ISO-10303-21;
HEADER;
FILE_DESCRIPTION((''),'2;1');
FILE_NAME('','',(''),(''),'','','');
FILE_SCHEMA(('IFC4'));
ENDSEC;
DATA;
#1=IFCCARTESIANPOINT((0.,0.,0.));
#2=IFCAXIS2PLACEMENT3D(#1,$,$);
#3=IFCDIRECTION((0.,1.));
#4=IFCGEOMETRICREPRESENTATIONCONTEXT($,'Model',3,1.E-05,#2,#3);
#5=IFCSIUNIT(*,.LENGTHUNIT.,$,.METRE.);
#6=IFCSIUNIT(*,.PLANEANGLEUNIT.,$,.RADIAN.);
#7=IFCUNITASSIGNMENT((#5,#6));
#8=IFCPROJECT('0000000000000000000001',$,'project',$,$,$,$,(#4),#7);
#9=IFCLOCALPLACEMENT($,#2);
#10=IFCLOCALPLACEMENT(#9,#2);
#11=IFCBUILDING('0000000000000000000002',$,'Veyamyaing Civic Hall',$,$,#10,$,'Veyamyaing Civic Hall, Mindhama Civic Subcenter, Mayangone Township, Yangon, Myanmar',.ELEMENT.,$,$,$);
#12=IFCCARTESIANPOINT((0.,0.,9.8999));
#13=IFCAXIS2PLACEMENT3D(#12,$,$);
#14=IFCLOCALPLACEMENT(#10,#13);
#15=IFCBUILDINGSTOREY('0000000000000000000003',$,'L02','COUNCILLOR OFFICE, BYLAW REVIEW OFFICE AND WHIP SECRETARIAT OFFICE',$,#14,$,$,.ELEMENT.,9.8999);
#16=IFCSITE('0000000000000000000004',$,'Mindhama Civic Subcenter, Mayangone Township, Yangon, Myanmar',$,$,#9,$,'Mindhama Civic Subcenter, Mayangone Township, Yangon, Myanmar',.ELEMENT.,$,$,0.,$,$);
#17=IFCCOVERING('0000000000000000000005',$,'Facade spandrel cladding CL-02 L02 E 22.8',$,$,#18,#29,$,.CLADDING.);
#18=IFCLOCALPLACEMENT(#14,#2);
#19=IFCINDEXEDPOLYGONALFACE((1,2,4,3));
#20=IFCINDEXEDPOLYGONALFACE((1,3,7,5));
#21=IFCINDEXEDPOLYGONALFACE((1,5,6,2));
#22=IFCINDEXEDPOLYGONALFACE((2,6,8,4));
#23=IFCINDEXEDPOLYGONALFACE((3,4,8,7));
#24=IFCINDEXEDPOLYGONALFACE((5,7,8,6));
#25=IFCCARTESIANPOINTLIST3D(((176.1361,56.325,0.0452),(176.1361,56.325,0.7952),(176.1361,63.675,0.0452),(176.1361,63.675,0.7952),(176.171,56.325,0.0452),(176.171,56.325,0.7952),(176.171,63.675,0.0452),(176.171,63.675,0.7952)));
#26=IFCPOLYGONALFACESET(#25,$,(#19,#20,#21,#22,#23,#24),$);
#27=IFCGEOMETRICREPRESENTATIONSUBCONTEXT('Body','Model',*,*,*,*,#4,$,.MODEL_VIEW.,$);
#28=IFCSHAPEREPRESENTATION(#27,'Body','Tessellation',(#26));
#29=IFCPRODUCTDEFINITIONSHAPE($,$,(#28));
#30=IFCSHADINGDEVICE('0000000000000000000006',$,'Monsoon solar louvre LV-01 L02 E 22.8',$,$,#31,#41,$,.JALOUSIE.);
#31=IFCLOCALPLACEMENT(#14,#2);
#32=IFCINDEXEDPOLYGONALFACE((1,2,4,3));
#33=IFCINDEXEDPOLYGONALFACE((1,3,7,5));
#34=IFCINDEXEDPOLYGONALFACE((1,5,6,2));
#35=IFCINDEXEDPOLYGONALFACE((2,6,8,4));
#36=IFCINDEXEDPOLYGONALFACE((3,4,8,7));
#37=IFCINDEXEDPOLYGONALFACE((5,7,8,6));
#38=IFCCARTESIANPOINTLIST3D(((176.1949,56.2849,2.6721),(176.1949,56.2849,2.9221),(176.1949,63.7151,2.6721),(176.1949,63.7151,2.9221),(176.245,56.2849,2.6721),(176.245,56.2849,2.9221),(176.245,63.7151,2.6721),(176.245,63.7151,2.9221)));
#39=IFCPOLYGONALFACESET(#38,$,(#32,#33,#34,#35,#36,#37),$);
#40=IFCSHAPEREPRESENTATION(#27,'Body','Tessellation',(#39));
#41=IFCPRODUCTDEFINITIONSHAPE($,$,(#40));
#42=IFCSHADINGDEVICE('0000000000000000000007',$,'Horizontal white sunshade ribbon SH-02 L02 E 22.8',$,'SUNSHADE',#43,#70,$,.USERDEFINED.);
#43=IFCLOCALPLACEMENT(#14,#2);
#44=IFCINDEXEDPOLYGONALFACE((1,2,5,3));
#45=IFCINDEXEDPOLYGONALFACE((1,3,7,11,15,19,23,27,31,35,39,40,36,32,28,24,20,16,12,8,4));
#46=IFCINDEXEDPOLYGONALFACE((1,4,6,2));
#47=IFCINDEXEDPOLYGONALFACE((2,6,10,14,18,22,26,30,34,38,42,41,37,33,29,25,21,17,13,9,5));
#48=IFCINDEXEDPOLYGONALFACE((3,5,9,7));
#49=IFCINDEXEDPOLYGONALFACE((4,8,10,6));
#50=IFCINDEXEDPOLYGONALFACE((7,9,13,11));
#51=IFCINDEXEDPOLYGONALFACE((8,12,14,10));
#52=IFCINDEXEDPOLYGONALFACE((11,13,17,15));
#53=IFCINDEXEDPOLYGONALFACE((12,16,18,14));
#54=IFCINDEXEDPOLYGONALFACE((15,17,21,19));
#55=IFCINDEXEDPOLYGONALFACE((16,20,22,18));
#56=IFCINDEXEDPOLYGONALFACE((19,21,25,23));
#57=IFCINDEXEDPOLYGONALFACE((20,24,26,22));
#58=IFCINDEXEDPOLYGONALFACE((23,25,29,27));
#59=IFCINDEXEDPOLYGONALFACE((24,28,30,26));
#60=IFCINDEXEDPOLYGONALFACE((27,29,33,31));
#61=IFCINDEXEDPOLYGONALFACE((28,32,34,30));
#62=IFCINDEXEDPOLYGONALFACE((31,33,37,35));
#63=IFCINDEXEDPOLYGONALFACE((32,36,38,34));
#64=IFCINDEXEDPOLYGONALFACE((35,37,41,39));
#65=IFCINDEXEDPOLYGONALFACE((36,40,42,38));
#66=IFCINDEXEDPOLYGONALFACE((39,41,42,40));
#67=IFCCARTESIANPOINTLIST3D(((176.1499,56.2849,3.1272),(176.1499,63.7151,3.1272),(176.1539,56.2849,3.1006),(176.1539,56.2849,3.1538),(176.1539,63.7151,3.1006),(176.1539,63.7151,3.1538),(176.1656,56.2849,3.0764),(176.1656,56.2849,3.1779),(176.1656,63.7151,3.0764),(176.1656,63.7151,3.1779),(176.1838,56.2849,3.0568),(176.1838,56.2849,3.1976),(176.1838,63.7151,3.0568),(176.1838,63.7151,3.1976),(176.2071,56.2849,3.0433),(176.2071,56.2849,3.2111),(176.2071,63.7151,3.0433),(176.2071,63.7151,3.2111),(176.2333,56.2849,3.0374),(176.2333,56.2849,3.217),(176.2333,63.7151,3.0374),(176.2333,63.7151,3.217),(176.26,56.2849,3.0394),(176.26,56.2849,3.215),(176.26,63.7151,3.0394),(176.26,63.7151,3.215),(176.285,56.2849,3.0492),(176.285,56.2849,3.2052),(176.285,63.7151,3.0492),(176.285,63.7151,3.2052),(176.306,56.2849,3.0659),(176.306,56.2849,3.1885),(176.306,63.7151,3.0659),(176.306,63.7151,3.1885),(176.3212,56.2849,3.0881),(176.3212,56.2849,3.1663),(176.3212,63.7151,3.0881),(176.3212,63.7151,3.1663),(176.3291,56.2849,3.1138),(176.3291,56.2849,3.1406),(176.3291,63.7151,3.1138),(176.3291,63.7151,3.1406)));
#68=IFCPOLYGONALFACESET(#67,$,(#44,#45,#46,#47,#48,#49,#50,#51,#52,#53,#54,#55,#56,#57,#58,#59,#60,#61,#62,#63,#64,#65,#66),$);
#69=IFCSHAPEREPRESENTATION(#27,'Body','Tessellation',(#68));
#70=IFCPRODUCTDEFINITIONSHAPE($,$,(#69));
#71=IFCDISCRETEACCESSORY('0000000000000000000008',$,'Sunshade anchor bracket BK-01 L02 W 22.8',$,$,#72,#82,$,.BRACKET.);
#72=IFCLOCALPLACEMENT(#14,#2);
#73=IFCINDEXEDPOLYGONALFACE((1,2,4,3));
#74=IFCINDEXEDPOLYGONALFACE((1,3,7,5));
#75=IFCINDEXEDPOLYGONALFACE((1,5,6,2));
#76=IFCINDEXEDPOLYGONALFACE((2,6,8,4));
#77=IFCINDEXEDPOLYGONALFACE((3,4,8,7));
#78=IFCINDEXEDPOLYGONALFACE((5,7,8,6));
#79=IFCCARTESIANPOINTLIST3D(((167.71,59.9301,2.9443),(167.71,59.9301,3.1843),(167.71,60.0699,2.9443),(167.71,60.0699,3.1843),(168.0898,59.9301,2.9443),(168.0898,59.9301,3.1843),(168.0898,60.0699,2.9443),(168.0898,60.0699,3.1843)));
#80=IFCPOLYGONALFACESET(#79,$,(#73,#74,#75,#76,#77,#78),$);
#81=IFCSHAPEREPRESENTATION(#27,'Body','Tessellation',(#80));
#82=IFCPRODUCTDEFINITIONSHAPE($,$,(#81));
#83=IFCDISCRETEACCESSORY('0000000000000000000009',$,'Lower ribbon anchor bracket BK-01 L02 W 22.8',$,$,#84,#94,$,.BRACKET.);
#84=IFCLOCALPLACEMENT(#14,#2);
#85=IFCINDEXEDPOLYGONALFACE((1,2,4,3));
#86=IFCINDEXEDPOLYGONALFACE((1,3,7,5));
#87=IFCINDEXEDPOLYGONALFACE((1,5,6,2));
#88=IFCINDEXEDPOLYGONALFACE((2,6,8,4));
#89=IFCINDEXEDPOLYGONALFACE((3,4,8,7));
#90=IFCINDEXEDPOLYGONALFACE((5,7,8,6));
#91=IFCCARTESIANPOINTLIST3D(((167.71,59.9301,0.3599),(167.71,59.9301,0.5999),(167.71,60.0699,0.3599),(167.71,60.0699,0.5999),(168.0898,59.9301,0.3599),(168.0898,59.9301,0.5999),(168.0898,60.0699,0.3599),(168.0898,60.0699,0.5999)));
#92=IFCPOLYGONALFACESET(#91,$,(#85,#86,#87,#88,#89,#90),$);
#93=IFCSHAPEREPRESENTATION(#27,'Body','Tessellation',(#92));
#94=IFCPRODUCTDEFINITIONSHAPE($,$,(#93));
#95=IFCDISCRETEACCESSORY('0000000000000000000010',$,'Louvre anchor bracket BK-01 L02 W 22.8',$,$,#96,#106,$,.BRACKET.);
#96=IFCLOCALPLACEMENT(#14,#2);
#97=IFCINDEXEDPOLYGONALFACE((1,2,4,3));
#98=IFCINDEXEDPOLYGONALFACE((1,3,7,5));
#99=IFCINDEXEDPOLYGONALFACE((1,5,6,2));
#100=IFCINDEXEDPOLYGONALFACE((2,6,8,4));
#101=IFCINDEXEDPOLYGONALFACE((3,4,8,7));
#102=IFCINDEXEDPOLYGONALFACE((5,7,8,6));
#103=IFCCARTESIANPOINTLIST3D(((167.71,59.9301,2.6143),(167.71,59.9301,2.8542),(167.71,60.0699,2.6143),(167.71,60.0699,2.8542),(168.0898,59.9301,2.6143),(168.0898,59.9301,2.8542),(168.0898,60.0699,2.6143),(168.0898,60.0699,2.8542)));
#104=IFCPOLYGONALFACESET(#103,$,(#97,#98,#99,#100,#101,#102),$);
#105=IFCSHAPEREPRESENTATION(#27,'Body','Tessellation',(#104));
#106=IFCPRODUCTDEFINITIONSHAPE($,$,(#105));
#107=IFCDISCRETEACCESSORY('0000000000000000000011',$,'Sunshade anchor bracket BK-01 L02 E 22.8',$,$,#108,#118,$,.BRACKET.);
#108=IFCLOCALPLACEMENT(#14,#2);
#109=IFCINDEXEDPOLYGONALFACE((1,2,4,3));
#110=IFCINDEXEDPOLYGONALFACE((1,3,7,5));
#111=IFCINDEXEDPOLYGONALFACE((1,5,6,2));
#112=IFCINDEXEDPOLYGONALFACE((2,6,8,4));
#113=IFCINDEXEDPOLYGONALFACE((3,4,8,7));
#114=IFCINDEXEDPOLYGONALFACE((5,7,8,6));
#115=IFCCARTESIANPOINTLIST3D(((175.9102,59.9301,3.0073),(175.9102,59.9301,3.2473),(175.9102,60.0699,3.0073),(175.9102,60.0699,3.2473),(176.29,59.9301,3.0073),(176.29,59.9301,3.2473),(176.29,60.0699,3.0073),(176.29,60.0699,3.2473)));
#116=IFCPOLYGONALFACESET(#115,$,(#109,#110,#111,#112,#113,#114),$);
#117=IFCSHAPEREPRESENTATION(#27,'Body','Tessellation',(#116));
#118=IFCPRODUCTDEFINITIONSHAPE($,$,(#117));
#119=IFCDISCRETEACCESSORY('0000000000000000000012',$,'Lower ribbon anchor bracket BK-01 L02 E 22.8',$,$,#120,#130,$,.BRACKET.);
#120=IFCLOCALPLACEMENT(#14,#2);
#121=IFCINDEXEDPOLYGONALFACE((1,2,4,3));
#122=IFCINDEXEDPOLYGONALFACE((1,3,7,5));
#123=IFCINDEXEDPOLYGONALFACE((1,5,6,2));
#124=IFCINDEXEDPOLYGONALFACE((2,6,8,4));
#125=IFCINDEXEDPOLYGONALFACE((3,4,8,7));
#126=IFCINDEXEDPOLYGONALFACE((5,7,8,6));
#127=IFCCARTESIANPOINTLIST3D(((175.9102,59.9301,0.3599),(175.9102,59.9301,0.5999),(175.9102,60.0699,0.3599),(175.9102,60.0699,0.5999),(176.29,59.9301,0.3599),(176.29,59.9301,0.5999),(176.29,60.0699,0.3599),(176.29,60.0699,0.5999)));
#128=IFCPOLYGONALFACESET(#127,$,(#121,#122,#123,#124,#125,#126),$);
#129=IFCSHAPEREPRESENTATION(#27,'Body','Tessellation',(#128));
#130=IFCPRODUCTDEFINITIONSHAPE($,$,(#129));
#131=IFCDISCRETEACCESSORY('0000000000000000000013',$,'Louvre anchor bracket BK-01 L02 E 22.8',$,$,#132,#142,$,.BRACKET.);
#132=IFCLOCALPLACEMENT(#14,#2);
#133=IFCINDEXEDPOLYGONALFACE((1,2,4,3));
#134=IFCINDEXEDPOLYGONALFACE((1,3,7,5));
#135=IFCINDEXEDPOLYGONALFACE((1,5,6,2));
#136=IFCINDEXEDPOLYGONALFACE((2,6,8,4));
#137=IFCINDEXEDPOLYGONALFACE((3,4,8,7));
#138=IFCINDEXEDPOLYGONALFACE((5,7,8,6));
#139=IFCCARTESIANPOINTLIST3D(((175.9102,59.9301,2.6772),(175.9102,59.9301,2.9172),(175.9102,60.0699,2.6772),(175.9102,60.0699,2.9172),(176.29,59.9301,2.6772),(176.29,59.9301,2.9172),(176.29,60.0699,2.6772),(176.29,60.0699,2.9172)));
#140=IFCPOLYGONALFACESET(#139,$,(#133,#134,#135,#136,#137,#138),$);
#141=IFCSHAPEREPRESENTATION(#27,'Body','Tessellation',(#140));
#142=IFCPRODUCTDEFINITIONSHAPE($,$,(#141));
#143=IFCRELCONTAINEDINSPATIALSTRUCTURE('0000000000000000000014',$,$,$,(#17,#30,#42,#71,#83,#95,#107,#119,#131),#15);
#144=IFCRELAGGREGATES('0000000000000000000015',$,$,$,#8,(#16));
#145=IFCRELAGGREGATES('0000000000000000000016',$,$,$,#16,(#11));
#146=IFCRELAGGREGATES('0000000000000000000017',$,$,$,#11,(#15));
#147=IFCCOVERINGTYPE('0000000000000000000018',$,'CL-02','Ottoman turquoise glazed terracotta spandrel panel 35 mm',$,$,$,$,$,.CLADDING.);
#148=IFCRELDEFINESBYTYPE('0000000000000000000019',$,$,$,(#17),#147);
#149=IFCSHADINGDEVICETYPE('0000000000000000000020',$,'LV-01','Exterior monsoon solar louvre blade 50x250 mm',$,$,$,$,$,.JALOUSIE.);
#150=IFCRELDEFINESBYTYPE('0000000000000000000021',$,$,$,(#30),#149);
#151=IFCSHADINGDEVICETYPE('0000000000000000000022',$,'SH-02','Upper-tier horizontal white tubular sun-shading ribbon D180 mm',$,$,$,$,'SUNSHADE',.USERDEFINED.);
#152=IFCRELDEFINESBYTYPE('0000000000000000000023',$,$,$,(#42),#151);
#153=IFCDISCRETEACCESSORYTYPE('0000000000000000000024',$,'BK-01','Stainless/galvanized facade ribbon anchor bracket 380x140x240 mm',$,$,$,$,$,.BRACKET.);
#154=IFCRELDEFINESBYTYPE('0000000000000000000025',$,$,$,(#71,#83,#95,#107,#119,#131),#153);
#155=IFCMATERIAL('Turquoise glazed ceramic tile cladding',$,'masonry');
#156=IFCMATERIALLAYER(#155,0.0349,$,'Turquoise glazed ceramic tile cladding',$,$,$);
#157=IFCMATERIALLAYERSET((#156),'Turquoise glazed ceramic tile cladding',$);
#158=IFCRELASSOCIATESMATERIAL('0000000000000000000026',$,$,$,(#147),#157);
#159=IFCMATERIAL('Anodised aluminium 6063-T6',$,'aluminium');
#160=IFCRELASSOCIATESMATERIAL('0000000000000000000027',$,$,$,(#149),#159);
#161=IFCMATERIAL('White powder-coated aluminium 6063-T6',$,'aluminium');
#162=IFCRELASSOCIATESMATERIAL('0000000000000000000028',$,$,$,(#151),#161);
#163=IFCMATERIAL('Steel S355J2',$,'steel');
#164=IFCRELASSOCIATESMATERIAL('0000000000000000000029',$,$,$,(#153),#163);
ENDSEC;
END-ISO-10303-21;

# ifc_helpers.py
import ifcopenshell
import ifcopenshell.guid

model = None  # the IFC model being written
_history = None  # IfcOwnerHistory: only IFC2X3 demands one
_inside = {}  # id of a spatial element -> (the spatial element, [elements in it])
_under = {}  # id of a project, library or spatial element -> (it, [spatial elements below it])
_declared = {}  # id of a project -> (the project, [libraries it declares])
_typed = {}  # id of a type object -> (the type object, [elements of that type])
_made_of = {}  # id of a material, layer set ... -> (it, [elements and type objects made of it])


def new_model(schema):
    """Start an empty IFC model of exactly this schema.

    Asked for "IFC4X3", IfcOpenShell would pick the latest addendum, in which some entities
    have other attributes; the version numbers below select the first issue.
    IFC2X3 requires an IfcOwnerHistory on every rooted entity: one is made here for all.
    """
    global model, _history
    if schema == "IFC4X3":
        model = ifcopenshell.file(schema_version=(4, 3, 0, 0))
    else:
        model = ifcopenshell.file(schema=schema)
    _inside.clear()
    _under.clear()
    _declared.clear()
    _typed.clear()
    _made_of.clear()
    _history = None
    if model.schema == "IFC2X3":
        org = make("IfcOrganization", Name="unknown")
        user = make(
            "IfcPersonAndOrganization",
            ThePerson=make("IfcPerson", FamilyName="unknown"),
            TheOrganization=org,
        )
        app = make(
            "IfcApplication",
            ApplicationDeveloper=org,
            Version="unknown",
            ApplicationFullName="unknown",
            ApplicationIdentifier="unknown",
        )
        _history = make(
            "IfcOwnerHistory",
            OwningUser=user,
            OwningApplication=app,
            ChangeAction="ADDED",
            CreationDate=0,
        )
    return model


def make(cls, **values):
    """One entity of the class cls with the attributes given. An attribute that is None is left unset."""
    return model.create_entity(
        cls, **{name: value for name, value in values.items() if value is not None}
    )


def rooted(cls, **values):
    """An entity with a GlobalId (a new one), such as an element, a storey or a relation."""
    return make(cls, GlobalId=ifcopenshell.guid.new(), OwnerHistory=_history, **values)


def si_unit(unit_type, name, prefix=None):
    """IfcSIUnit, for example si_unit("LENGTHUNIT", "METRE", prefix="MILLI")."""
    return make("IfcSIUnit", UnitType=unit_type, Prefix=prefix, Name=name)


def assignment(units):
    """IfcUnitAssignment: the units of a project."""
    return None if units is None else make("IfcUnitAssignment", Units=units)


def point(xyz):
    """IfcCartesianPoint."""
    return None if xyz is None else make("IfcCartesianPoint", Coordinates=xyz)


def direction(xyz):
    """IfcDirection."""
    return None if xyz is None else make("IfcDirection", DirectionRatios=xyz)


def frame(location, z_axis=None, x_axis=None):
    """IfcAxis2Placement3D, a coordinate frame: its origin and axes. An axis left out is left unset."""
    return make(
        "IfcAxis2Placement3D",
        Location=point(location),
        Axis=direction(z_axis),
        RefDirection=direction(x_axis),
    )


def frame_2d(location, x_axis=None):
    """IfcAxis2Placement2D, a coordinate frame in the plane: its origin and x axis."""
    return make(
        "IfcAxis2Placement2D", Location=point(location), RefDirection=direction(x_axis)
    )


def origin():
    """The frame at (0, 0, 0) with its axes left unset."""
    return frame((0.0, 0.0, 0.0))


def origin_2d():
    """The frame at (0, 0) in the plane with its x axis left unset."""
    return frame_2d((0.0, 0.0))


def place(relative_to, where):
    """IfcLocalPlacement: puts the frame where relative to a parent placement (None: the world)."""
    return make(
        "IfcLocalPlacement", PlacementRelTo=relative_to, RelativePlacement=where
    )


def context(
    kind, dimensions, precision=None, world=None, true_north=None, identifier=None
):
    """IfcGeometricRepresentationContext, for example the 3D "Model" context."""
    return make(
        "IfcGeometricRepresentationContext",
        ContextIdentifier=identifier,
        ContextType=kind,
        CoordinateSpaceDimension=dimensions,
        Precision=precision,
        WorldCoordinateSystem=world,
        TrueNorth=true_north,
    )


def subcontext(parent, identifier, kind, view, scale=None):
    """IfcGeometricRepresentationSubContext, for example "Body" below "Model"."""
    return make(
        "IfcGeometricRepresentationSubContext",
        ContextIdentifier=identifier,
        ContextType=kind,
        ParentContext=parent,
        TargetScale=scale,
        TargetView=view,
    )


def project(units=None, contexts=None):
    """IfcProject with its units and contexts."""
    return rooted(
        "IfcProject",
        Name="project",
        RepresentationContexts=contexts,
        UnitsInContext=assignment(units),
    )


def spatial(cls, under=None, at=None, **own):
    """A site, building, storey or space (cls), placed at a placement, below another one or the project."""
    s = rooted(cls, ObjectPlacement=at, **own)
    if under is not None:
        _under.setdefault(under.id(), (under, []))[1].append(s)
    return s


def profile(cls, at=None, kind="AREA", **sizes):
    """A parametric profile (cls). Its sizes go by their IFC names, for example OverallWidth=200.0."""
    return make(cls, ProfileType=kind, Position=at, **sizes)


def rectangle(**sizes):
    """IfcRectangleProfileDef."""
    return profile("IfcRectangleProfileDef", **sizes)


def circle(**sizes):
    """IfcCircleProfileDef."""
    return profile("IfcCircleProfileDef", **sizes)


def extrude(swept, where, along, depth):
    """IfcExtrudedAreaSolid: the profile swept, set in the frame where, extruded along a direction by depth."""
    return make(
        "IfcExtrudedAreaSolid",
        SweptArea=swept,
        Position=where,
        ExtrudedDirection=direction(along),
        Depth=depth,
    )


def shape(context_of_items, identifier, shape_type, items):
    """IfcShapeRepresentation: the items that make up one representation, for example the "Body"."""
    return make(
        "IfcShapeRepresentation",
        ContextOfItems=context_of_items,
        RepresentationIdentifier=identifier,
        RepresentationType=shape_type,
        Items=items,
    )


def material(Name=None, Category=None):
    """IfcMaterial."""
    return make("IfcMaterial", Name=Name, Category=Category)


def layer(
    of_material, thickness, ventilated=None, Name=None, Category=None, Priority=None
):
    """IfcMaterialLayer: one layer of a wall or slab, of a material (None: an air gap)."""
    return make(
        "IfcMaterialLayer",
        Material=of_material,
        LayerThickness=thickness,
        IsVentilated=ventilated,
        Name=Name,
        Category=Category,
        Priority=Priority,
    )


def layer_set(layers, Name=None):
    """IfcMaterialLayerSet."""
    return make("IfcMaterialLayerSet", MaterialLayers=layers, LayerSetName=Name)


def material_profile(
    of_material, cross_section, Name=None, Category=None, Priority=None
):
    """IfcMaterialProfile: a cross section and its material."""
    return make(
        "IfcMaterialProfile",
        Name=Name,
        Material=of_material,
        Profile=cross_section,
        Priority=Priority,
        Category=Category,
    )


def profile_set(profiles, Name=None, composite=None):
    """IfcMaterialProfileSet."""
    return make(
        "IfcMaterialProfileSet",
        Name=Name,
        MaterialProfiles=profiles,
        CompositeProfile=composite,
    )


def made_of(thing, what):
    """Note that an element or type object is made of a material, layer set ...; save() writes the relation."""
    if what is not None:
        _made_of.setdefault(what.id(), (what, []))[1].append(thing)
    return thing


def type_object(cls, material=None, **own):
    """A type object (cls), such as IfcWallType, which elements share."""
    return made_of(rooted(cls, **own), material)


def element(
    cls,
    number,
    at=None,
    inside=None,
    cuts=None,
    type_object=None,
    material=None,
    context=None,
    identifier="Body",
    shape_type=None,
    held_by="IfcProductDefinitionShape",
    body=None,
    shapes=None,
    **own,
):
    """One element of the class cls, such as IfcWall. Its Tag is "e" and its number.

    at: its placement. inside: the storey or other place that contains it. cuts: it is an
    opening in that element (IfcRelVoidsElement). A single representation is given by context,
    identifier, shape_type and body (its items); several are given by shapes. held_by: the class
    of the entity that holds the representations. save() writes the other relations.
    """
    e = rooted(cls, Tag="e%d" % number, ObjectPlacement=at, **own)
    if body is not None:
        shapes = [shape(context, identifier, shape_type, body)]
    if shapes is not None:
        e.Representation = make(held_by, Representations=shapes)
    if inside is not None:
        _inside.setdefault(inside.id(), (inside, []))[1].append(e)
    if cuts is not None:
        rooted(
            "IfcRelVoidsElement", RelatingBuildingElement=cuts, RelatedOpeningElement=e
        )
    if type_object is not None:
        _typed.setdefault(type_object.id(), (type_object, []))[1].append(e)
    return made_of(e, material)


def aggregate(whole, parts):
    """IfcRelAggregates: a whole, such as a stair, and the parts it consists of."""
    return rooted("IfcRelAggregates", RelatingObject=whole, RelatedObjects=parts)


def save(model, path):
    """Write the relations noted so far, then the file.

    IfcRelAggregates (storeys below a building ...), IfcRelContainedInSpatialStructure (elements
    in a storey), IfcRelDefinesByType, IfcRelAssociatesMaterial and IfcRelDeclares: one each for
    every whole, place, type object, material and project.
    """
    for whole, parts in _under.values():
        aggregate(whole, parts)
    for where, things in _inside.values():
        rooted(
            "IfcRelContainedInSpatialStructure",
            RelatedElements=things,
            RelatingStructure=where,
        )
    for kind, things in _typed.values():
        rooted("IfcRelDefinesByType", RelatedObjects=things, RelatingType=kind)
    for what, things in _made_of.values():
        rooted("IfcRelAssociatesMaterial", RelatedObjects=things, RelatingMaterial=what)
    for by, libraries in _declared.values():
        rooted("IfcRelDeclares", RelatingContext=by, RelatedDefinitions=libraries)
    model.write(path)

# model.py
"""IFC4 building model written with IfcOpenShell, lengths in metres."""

from ifc_helpers import new_model, si_unit, direction, frame, origin, origin_2d, place, context, subcontext, project, spatial, rectangle, circle, extrude, material, layer, layer_set, material_profile, profile_set, type_object, element, save


model = new_model("IFC4")

# Units and contexts
model_context = context("Model", 3, precision=1e-05, world=origin(), true_north=direction((0.0, 1.0)))
body_context = subcontext(model_context, "Body", "Model", "MODEL_VIEW")
ifc_project = project(units=[si_unit("LENGTHUNIT", "METRE"), si_unit("PLANEANGLEUNIT", "RADIAN")], contexts=[model_context])

# Site, building, storey
site_placement = place(None, origin())
site = spatial("IfcSite", under=ifc_project, at=site_placement, Name="Mindhama Civic Subcenter, Mayangone Township, Yangon, Myanmar", LongName="Mindhama Civic Subcenter, Mayangone Township, Yangon, Myanmar", CompositionType="ELEMENT", RefElevation=0.0)
building_placement = place(site_placement, origin())
building = spatial("IfcBuilding", under=site, at=building_placement, Name="Veyamyaing Civic Hall", LongName="Veyamyaing Civic Hall, Mindhama Civic Subcenter, Mayangone Township, Yangon, Myanmar", CompositionType="ELEMENT")
storey_placement = place(building_placement, frame((0.0, 0.0, 9.8999)))
storey = spatial("IfcBuildingStorey", under=building, at=storey_placement, Name="L02", Description="COUNCILLOR OFFICE, BYLAW REVIEW OFFICE AND WHIP SECRETARIAT OFFICE", CompositionType="ELEMENT", Elevation=9.8999)

# Covering
ifc_material_1 = material(Name="Turquoise glazed ceramic tile cladding", Category="masonry")
ifc_layer_1 = layer(ifc_material_1, 0.0349, Name="Turquoise glazed ceramic tile cladding")
ifc_layer_set_1 = layer_set([ifc_layer_1], Name="Turquoise glazed ceramic tile cladding")
covering_type = type_object("IfcCoveringType", Name="CL-02", Description="Ottoman turquoise glazed terracotta spandrel panel 35 mm", PredefinedType="CLADDING", material=ifc_layer_set_1)
for number, where, z_axis, x_axis, name in (
    (1, (176.1536, 60.0, 0.0452), (0.0, 0.0, 1.0), (0.0, 1.0, 0.0), "Facade spandrel cladding CL-02 L02 E 22.8"),
):
    element("IfcCovering", number, at=place(storey_placement, frame(where, z_axis=z_axis, x_axis=x_axis)), inside=storey, type_object=covering_type, Name=name, PredefinedType="CLADDING", context=body_context, shape_type="SweptSolid", body=[
        extrude(rectangle(XDim=7.3501, YDim=0.0349, at=origin_2d()), origin(), (0.0, 0.0, 1.0), 0.75),
    ])

# Shading devices
ifc_material_2 = material(Name="Anodised aluminium 6063-T6", Category="aluminium")
ifc_material_profile_1 = material_profile(ifc_material_2, rectangle(XDim=0.05, YDim=0.25, at=origin_2d()), Name="LOUVRE-BLADE-50X250")
ifc_profile_set_1 = profile_set([ifc_material_profile_1], Name="Anodised aluminium 6063-T6")
shading_device_type_1 = type_object("IfcShadingDeviceType", Name="LV-01", Description="Exterior monsoon solar louvre blade 50x250 mm", PredefinedType="JALOUSIE", material=ifc_profile_set_1)
shading_device_1_placement = place(storey_placement, frame((176.22, 56.2849, 2.7971), z_axis=(0.0, 1.0, 0.0), x_axis=(-1.0, 0.0, 0.0)))
element("IfcShadingDevice", 2, at=shading_device_1_placement, inside=storey, type_object=shading_device_type_1, Name="Monsoon solar louvre LV-01 L02 E 22.8", PredefinedType="JALOUSIE", context=body_context, shape_type="SweptSolid", body=[
    extrude(rectangle(XDim=0.05, YDim=0.25, at=origin_2d()), origin(), (0.0, 0.0, 1.0), 7.4302),
])
ifc_material_3 = material(Name="White powder-coated aluminium 6063-T6", Category="aluminium")
ifc_material_profile_2 = material_profile(ifc_material_3, circle(Radius=0.0901, at=origin_2d()), Name="SHADE-TUBE-180")
ifc_profile_set_2 = profile_set([ifc_material_profile_2], Name="White powder-coated aluminium 6063-T6")
shading_device_type_2 = type_object("IfcShadingDeviceType", Name="SH-02", Description="Upper-tier horizontal white tubular sun-shading ribbon D180 mm", ElementType="SUNSHADE", PredefinedType="USERDEFINED", material=ifc_profile_set_2)
shading_device_2_placement = place(storey_placement, frame((176.24, 56.2849, 3.1272), z_axis=(0.0, 1.0, 0.0), x_axis=(-1.0, 0.0, 0.0)))
element("IfcShadingDevice", 3, at=shading_device_2_placement, inside=storey, type_object=shading_device_type_2, Name="Horizontal white sunshade ribbon SH-02 L02 E 22.8", ObjectType="SUNSHADE", PredefinedType="USERDEFINED", context=body_context, shape_type="SweptSolid", body=[
    extrude(circle(Radius=0.0901, at=origin_2d()), origin(), (0.0, 0.0, 1.0), 7.4302),
])

# Discrete accessories
ifc_material_4 = material(Name="Steel S355J2", Category="steel")
discrete_accessory_type = type_object("IfcDiscreteAccessoryType", Name="BK-01", Description="Stainless/galvanized facade ribbon anchor bracket 380x140x240 mm", PredefinedType="BRACKET", material=ifc_material_4)
for number, where, z_axis, x_axis, name in (
    (4, (167.8999, 60.0, 2.9443), (0.0, 0.0, 1.0), (-1.0, 0.0, 0.0), "Sunshade anchor bracket BK-01 L02 W 22.8"),
    (5, (167.8999, 60.0, 0.3599), (0.0, 0.0, 1.0), (-1.0, 0.0, 0.0), "Lower ribbon anchor bracket BK-01 L02 W 22.8"),
    (6, (167.8999, 60.0, 2.6143), (0.0, 0.0, 1.0), (-1.0, 0.0, 0.0), "Louvre anchor bracket BK-01 L02 W 22.8"),
    (7, (176.1001, 60.0, 3.0073), (0.0, 0.0, 1.0), (1.0, 0.0, 0.0), "Sunshade anchor bracket BK-01 L02 E 22.8"),
    (8, (176.1001, 60.0, 0.3599), (0.0, 0.0, 1.0), (1.0, 0.0, 0.0), "Lower ribbon anchor bracket BK-01 L02 E 22.8"),
    (9, (176.1001, 60.0, 2.6772), (0.0, 0.0, 1.0), (1.0, 0.0, 0.0), "Louvre anchor bracket BK-01 L02 E 22.8"),
):
    element("IfcDiscreteAccessory", number, at=place(storey_placement, frame(where, z_axis=z_axis, x_axis=x_axis)), inside=storey, type_object=discrete_accessory_type, Name=name, PredefinedType="BRACKET", context=body_context, shape_type="SweptSolid", body=[
        extrude(rectangle(XDim=0.3799, YDim=0.1399, at=origin_2d()), origin(), (0.0, 0.0, 1.0), 0.24),
    ])

save(model, "model.ifc")
